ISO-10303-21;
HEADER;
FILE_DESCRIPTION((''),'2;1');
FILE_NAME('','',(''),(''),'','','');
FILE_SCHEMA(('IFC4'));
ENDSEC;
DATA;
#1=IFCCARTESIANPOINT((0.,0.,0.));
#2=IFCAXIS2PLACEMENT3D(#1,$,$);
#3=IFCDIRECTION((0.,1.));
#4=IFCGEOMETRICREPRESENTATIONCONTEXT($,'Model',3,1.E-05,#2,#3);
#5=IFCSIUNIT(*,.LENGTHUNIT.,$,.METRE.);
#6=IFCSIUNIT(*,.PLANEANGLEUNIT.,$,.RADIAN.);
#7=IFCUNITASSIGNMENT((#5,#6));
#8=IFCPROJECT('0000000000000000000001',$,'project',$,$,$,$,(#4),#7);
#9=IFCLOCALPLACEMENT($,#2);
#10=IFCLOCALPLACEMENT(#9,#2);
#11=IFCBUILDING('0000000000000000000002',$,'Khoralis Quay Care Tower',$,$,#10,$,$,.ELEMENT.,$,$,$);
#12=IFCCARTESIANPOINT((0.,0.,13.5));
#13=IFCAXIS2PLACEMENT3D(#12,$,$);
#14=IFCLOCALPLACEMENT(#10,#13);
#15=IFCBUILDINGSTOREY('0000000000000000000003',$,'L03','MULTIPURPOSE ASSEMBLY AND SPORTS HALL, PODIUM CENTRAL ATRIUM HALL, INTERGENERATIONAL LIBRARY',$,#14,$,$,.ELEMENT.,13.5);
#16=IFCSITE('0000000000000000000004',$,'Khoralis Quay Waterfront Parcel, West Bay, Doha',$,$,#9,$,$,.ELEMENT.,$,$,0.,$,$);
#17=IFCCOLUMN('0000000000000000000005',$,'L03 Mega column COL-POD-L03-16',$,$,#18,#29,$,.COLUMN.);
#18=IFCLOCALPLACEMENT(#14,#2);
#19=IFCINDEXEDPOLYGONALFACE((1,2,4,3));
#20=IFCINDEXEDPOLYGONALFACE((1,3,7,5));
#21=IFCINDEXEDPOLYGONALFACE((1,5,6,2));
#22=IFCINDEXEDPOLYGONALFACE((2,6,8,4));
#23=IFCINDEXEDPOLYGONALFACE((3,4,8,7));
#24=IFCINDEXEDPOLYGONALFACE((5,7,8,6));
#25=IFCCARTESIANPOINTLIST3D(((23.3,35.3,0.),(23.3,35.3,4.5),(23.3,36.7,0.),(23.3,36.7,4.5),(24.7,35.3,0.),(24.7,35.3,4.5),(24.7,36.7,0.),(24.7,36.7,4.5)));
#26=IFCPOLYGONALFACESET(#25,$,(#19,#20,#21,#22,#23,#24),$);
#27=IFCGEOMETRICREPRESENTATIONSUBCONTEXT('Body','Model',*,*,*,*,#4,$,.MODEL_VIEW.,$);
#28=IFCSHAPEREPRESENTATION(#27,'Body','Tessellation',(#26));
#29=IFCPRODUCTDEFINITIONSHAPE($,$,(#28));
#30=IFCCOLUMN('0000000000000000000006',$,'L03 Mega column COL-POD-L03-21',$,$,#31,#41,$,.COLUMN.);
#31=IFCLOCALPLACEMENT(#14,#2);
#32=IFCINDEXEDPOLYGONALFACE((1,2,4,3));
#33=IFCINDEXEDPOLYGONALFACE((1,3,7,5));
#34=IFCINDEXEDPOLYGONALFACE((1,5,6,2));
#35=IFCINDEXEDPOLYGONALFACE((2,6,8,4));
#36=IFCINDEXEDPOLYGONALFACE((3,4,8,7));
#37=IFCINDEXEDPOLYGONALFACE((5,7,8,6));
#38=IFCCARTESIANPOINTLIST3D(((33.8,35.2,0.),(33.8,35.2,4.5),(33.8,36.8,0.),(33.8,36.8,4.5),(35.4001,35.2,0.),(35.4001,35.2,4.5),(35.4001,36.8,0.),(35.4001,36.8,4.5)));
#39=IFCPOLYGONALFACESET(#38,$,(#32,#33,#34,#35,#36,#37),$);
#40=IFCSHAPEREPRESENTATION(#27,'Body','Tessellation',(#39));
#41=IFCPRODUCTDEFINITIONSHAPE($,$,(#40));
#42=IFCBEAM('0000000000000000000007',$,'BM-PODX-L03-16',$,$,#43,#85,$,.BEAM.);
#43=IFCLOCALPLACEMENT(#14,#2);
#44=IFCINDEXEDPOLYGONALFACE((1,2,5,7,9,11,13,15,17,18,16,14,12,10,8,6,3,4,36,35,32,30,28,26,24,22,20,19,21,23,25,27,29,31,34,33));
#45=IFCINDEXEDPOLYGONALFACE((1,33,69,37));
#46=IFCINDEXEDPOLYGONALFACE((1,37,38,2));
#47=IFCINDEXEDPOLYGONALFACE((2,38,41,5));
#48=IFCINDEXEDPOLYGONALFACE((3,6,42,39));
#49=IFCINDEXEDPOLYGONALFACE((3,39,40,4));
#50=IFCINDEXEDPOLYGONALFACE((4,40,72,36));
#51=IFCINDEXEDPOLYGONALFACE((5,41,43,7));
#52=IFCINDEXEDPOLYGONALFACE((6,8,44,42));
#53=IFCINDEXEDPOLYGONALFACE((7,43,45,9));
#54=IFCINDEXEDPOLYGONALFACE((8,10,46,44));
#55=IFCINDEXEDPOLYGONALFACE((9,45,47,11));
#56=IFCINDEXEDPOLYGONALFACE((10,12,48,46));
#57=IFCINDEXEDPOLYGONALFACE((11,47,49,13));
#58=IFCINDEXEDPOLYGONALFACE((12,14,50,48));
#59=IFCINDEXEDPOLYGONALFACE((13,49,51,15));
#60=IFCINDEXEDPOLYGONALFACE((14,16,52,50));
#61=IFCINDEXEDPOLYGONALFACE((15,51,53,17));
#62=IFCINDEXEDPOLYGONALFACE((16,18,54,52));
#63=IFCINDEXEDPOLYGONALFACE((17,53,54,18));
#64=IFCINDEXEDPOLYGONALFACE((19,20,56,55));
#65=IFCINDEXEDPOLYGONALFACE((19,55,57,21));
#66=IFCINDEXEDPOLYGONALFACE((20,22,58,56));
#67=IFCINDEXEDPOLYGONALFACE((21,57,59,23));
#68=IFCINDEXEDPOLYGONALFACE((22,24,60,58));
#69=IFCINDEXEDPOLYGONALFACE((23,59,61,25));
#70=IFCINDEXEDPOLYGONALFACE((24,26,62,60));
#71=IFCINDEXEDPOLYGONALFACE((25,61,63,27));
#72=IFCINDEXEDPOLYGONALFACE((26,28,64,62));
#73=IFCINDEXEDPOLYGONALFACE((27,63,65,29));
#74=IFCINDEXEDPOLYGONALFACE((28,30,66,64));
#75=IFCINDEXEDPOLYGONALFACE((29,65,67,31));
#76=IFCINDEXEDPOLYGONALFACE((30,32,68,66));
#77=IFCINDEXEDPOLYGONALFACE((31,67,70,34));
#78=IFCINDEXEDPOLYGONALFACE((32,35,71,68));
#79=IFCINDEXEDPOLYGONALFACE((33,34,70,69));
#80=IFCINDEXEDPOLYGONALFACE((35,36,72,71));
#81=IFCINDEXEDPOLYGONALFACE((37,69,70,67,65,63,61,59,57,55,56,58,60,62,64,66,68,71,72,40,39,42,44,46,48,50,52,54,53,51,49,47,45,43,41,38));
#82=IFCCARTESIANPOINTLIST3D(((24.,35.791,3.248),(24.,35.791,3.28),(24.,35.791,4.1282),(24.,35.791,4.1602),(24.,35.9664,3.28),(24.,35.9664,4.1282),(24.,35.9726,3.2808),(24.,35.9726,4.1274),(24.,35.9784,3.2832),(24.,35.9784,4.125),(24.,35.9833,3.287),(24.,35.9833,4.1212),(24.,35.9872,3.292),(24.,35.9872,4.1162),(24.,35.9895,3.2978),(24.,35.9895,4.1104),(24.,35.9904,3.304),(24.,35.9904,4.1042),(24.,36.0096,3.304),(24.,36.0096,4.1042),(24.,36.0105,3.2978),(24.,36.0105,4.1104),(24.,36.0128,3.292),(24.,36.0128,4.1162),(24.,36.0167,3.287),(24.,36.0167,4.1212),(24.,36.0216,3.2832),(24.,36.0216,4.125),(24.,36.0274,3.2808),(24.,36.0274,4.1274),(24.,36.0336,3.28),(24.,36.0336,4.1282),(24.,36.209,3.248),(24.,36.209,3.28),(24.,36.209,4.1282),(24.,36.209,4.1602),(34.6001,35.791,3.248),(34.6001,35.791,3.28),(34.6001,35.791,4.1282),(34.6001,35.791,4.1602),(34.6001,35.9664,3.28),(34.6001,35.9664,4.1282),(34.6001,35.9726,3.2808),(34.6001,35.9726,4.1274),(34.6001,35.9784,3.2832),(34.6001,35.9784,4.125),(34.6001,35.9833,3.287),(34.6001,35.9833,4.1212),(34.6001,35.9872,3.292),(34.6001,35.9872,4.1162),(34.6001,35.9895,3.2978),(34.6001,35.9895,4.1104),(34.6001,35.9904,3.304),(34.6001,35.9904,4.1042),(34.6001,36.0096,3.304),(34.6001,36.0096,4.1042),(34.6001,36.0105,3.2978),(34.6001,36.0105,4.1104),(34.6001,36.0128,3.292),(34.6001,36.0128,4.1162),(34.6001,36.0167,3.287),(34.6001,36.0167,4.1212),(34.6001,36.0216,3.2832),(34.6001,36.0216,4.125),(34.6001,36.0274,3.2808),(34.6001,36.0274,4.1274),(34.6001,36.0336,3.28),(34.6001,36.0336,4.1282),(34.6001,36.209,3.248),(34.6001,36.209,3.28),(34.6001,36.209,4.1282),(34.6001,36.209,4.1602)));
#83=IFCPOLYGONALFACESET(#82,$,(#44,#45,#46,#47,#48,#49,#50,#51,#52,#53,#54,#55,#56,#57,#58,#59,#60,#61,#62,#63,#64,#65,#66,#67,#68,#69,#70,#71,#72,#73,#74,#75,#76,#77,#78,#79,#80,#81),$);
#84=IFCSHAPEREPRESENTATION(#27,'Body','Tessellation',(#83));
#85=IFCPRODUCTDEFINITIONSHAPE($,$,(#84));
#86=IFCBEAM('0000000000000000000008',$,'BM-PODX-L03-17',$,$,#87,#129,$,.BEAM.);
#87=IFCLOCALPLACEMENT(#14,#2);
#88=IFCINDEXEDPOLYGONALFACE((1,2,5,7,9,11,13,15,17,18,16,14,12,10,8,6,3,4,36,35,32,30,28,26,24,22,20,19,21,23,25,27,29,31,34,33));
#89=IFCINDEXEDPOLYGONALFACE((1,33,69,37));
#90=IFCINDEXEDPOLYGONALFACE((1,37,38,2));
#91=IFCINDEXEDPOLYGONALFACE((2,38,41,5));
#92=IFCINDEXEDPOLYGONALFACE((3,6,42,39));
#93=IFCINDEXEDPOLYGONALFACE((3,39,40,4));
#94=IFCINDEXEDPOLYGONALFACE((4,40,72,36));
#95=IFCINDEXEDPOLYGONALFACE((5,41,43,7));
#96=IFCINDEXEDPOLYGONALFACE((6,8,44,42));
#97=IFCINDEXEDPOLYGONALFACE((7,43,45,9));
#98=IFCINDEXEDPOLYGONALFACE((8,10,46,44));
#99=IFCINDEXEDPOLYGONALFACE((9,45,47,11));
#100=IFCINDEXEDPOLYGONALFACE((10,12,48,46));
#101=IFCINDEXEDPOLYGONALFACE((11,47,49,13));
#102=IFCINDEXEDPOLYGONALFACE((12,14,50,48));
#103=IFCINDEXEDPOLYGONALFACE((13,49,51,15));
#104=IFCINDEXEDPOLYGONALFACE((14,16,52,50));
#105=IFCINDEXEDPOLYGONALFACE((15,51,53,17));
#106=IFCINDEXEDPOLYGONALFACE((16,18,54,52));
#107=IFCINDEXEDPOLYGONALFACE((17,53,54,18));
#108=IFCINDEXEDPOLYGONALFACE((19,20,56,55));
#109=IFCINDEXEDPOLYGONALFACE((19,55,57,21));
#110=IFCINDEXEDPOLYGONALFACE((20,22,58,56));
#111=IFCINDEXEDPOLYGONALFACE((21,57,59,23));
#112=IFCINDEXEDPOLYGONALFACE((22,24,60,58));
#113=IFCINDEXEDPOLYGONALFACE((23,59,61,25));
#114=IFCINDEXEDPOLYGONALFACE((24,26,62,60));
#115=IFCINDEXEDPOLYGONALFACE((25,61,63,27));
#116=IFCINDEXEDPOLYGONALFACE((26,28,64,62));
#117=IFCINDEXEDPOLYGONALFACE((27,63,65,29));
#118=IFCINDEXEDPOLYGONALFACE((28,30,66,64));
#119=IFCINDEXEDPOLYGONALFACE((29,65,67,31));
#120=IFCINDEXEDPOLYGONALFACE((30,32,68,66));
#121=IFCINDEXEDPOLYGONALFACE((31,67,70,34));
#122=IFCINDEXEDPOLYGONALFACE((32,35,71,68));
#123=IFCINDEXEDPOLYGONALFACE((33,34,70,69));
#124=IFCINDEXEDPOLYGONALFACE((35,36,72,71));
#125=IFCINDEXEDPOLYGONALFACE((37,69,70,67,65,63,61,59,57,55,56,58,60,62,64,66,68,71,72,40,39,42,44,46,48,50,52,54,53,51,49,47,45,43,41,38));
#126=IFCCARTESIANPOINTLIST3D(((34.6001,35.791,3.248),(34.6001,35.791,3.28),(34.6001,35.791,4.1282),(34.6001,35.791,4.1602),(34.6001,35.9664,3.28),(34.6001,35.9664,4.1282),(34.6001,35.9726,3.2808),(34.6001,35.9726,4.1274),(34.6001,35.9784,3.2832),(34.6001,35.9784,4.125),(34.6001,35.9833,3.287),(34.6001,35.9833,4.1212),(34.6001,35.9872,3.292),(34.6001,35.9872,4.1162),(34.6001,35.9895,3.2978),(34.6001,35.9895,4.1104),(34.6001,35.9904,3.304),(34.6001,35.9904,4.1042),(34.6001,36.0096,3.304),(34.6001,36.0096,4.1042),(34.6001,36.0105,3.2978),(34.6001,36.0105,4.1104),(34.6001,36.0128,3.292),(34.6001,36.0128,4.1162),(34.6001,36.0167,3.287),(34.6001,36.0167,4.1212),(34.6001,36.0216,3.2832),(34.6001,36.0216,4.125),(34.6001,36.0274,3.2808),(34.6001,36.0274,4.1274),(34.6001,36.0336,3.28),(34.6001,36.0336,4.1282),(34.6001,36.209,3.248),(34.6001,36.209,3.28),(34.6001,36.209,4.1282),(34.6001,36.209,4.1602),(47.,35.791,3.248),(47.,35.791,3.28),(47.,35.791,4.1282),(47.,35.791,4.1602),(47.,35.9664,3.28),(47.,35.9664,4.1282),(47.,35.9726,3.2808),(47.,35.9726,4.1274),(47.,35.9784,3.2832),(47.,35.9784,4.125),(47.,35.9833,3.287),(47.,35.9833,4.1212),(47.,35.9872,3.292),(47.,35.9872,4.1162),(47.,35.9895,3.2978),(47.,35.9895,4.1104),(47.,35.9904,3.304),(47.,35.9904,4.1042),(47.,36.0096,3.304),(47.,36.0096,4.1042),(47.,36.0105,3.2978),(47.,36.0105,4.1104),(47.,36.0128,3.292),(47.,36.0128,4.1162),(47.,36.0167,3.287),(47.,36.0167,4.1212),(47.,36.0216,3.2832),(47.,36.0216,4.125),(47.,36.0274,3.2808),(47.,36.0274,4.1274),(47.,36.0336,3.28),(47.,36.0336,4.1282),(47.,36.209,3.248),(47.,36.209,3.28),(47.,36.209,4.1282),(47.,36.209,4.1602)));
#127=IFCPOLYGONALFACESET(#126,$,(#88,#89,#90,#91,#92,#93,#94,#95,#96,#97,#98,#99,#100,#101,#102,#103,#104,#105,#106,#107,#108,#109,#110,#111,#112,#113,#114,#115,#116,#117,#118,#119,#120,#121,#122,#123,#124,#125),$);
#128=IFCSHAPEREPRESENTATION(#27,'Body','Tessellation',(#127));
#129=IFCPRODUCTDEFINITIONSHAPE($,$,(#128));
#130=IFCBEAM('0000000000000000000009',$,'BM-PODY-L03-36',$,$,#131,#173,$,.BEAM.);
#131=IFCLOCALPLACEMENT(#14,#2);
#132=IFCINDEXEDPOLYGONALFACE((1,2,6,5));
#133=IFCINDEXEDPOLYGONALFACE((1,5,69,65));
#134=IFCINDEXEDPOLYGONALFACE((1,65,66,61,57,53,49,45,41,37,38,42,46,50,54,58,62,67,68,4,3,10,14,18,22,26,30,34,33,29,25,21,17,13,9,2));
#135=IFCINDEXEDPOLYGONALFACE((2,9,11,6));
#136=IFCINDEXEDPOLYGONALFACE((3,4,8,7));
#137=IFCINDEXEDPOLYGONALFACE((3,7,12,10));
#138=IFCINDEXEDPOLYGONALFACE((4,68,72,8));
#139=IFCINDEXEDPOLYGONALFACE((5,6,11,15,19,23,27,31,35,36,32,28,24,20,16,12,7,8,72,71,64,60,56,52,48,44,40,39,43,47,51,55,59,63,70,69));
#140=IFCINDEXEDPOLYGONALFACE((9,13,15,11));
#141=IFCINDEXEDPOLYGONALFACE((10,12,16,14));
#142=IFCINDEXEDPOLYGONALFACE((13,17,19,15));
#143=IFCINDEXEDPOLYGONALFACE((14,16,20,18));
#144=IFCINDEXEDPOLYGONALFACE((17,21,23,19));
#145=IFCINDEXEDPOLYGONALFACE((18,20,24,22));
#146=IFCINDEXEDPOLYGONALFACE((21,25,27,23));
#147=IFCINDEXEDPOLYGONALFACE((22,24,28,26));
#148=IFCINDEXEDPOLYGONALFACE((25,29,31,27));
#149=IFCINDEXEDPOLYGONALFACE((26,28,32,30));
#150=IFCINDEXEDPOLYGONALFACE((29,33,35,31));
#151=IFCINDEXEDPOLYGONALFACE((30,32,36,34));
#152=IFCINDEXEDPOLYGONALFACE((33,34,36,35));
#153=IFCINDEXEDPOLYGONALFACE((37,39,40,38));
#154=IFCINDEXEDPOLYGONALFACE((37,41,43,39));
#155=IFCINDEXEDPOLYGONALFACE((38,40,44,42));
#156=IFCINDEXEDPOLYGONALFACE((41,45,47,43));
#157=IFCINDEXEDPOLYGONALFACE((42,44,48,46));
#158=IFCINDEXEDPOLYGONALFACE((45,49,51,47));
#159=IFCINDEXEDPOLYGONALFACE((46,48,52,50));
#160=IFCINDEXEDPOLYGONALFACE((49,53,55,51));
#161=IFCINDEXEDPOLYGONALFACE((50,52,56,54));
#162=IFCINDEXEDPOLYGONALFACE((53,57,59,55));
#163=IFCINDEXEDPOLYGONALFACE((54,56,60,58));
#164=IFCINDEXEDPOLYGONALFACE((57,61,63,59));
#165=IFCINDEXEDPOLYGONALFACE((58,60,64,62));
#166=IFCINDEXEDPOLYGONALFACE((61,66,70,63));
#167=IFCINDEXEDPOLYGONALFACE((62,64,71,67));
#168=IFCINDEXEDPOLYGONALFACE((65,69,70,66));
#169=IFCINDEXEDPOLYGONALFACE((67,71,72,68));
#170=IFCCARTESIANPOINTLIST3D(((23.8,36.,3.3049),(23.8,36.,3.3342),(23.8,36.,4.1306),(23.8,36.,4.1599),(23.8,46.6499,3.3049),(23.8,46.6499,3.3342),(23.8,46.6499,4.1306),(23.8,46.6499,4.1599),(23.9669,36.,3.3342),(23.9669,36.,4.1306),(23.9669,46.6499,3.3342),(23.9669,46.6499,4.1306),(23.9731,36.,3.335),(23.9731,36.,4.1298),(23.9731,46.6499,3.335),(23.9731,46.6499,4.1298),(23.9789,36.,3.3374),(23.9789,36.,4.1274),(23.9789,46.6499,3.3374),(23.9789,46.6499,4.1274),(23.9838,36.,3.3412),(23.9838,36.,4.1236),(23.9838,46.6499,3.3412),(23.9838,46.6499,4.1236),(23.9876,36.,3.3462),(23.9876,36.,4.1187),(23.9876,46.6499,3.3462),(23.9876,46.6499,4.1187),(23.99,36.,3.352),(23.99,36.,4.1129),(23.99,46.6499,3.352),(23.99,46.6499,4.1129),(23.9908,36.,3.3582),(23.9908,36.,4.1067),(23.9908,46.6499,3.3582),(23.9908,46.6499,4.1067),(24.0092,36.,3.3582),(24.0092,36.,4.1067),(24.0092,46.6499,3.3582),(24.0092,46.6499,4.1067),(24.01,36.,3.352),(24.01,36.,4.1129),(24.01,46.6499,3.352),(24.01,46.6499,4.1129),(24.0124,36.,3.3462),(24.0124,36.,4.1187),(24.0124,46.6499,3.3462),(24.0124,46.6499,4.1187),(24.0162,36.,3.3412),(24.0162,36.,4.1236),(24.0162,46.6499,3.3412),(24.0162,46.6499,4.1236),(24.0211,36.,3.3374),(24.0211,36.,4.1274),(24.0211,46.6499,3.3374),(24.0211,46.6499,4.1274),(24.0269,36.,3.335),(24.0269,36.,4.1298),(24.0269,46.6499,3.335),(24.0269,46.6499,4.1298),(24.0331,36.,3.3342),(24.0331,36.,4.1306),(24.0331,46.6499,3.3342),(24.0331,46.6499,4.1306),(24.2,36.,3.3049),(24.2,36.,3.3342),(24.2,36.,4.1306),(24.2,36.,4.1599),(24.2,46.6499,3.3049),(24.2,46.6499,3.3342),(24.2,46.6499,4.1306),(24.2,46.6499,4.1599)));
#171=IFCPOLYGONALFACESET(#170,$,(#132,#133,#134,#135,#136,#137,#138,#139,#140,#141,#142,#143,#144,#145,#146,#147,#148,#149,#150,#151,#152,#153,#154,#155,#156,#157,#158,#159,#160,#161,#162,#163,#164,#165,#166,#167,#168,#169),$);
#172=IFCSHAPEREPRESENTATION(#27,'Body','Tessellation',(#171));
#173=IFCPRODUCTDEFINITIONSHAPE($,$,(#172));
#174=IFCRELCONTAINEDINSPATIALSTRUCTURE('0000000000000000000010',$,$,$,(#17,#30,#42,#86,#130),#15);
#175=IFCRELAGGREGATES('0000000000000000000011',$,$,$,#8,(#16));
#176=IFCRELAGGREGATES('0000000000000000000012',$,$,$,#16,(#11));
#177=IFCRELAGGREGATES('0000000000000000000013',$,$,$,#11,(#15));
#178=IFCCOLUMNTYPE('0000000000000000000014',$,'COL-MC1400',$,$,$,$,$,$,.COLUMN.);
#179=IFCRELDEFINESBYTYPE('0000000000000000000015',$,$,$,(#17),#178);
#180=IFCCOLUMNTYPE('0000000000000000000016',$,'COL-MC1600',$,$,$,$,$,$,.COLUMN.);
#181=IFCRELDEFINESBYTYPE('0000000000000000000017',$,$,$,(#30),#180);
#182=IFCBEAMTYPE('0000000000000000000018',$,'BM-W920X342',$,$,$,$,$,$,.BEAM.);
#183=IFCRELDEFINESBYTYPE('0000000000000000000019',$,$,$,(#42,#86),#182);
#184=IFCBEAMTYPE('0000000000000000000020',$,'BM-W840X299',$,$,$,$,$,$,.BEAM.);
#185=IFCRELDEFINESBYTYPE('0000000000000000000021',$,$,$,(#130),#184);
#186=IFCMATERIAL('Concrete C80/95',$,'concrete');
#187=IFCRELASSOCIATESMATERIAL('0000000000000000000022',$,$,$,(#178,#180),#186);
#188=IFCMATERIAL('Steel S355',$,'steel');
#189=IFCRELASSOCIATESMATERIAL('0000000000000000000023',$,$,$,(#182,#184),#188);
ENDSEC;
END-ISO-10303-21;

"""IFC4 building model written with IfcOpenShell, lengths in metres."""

from ifc_helpers import new_model, si_unit, direction, frame, origin, origin_2d, place, context, subcontext, project, spatial, rectangle, i_section, extrude, source, transform, mapped, material, material_profile, profile_set, type_object, element, save


model = new_model("IFC4")

# Units and contexts
model_context = context("Model", 3, precision=1e-05, world=origin(), true_north=direction((0.0, 1.0)))
body_context = subcontext(model_context, "Body", "Model", "MODEL_VIEW")
ifc_project = project(units=[si_unit("LENGTHUNIT", "METRE"), si_unit("PLANEANGLEUNIT", "RADIAN")], contexts=[model_context])

# Site, building, storey
site_placement = place(None, origin())
site = spatial("IfcSite", under=ifc_project, at=site_placement, Name="Khoralis Quay Waterfront Parcel, West Bay, Doha", CompositionType="ELEMENT", RefElevation=0.0)
building_placement = place(site_placement, origin())
building = spatial("IfcBuilding", under=site, at=building_placement, Name="Khoralis Quay Care Tower", CompositionType="ELEMENT")
storey_placement = place(building_placement, frame((0.0, 0.0, 13.5)))
storey = spatial("IfcBuildingStorey", under=building, at=storey_placement, Name="L03", Description="MULTIPURPOSE ASSEMBLY AND SPORTS HALL, PODIUM CENTRAL ATRIUM HALL, INTERGENERATIONAL LIBRARY", CompositionType="ELEMENT", Elevation=13.5)

# Columns
ifc_material_1 = material(Name="Concrete C80/95", Category="concrete")
ifc_material_profile_1 = material_profile(ifc_material_1, rectangle(XDim=1.3999, YDim=1.3999, at=origin_2d()), Name="Concrete C80/95")
ifc_profile_set_1 = profile_set([ifc_material_profile_1], Name="Concrete C80/95")
column_type_1 = type_object("IfcColumnType", Name="COL-MC1400", PredefinedType="COLUMN", material=ifc_profile_set_1)
shared_shape_1 = source(origin(), body_context, "Body", "SweptSolid", [
    extrude(rectangle(XDim=1.3999, YDim=1.3999, at=origin_2d()), origin(), (0.0, 0.0, 1.0), 4.5),
])
column_1_placement = place(storey_placement, frame((24.0, 36.0, 0.0), z_axis=(0.0, 0.0, 1.0), x_axis=(1.0, 0.0, 0.0)))
element("IfcColumn", 1, at=column_1_placement, inside=storey, type_object=column_type_1, Name="L03 Mega column COL-POD-L03-16", PredefinedType="COLUMN", context=body_context, shape_type="MappedRepresentation", body=[
    mapped(shared_shape_1, transform((0.0, 0.0, 0.0), scale=1.0)),
])
ifc_material_profile_2 = material_profile(ifc_material_1, rectangle(XDim=1.6001, YDim=1.6001, at=origin_2d()), Name="Concrete C80/95")
ifc_profile_set_2 = profile_set([ifc_material_profile_2], Name="Concrete C80/95")
column_type_2 = type_object("IfcColumnType", Name="COL-MC1600", PredefinedType="COLUMN", material=ifc_profile_set_2)
shared_shape_2 = source(origin(), body_context, "Body", "SweptSolid", [
    extrude(rectangle(XDim=1.6001, YDim=1.6001, at=origin_2d()), origin(), (0.0, 0.0, 1.0), 4.5),
])
column_2_placement = place(storey_placement, frame((34.6001, 36.0, 0.0), z_axis=(0.0, 0.0, 1.0), x_axis=(1.0, 0.0, 0.0)))
element("IfcColumn", 2, at=column_2_placement, inside=storey, type_object=column_type_2, Name="L03 Mega column COL-POD-L03-21", PredefinedType="COLUMN", context=body_context, shape_type="MappedRepresentation", body=[
    mapped(shared_shape_2, transform((0.0, 0.0, 0.0), scale=1.0)),
])

# Beams
ifc_material_2 = material(Name="Steel S355", Category="steel")
ifc_material_profile_3 = material_profile(ifc_material_2, i_section(OverallWidth=0.418, OverallDepth=0.9121, WebThickness=0.0193, FlangeThickness=0.032, FilletRadius=0.0239, at=origin_2d()), Name="Steel S355")
ifc_profile_set_3 = profile_set([ifc_material_profile_3], Name="Steel S355")
beam_type_1 = type_object("IfcBeamType", Name="BM-W920X342", PredefinedType="BEAM", material=ifc_profile_set_3)
shared_shape_3 = source(origin(), body_context, "Body", "SweptSolid", [
    extrude(i_section(OverallWidth=0.418, OverallDepth=0.9121, WebThickness=0.0193, FlangeThickness=0.032, FilletRadius=0.0239, at=origin_2d()), origin(), (0.0, 0.0, 1.0), 10.6001),
])
beam_1_placement = place(storey_placement, frame((24.0, 36.0, 3.7041), z_axis=(1.0, 0.0, 0.0), x_axis=(0.0, 1.0, 0.0)))
element("IfcBeam", 3, at=beam_1_placement, inside=storey, type_object=beam_type_1, Name="BM-PODX-L03-16", PredefinedType="BEAM", context=body_context, shape_type="MappedRepresentation", body=[
    mapped(shared_shape_3, transform((0.0, 0.0, 0.0), scale=1.0)),
])
shared_shape_4 = source(origin(), body_context, "Body", "SweptSolid", [
    extrude(i_section(OverallWidth=0.418, OverallDepth=0.9121, WebThickness=0.0193, FlangeThickness=0.032, FilletRadius=0.0239, at=origin_2d()), origin(), (0.0, 0.0, 1.0), 12.3999),
])
beam_2_placement = place(storey_placement, frame((34.6001, 36.0, 3.7041), z_axis=(1.0, 0.0, 0.0), x_axis=(0.0, 1.0, 0.0)))
element("IfcBeam", 4, at=beam_2_placement, inside=storey, type_object=beam_type_1, Name="BM-PODX-L03-17", PredefinedType="BEAM", context=body_context, shape_type="MappedRepresentation", body=[
    mapped(shared_shape_4, transform((0.0, 0.0, 0.0), scale=1.0)),
])
ifc_material_profile_4 = material_profile(ifc_material_2, i_section(OverallWidth=0.3999, OverallDepth=0.855, WebThickness=0.0183, FlangeThickness=0.0293, FilletRadius=0.0239, at=origin_2d()), Name="Steel S355")
ifc_profile_set_4 = profile_set([ifc_material_profile_4], Name="Steel S355")
beam_type_2 = type_object("IfcBeamType", Name="BM-W840X299", PredefinedType="BEAM", material=ifc_profile_set_4)
shared_shape_5 = source(origin(), body_context, "Body", "SweptSolid", [
    extrude(i_section(OverallWidth=0.3999, OverallDepth=0.855, WebThickness=0.0183, FlangeThickness=0.0293, FilletRadius=0.0239, at=origin_2d()), origin(), (0.0, 0.0, 1.0), 10.6499),
])
for number, where, z_axis, x_axis, name in (
    (5, (24.0, 36.0, 3.7324), (0.0, 1.0, 0.0), (-1.0, 0.0, 0.0), "BM-PODY-L03-36"),
):
    element("IfcBeam", number, at=place(storey_placement, frame(where, z_axis=z_axis, x_axis=x_axis)), inside=storey, type_object=beam_type_2, Name=name, PredefinedType="BEAM", context=body_context, shape_type="MappedRepresentation", body=[
        mapped(shared_shape_5, transform((0.0, 0.0, 0.0), scale=1.0)),
    ])

save(model, "model.ifc")
